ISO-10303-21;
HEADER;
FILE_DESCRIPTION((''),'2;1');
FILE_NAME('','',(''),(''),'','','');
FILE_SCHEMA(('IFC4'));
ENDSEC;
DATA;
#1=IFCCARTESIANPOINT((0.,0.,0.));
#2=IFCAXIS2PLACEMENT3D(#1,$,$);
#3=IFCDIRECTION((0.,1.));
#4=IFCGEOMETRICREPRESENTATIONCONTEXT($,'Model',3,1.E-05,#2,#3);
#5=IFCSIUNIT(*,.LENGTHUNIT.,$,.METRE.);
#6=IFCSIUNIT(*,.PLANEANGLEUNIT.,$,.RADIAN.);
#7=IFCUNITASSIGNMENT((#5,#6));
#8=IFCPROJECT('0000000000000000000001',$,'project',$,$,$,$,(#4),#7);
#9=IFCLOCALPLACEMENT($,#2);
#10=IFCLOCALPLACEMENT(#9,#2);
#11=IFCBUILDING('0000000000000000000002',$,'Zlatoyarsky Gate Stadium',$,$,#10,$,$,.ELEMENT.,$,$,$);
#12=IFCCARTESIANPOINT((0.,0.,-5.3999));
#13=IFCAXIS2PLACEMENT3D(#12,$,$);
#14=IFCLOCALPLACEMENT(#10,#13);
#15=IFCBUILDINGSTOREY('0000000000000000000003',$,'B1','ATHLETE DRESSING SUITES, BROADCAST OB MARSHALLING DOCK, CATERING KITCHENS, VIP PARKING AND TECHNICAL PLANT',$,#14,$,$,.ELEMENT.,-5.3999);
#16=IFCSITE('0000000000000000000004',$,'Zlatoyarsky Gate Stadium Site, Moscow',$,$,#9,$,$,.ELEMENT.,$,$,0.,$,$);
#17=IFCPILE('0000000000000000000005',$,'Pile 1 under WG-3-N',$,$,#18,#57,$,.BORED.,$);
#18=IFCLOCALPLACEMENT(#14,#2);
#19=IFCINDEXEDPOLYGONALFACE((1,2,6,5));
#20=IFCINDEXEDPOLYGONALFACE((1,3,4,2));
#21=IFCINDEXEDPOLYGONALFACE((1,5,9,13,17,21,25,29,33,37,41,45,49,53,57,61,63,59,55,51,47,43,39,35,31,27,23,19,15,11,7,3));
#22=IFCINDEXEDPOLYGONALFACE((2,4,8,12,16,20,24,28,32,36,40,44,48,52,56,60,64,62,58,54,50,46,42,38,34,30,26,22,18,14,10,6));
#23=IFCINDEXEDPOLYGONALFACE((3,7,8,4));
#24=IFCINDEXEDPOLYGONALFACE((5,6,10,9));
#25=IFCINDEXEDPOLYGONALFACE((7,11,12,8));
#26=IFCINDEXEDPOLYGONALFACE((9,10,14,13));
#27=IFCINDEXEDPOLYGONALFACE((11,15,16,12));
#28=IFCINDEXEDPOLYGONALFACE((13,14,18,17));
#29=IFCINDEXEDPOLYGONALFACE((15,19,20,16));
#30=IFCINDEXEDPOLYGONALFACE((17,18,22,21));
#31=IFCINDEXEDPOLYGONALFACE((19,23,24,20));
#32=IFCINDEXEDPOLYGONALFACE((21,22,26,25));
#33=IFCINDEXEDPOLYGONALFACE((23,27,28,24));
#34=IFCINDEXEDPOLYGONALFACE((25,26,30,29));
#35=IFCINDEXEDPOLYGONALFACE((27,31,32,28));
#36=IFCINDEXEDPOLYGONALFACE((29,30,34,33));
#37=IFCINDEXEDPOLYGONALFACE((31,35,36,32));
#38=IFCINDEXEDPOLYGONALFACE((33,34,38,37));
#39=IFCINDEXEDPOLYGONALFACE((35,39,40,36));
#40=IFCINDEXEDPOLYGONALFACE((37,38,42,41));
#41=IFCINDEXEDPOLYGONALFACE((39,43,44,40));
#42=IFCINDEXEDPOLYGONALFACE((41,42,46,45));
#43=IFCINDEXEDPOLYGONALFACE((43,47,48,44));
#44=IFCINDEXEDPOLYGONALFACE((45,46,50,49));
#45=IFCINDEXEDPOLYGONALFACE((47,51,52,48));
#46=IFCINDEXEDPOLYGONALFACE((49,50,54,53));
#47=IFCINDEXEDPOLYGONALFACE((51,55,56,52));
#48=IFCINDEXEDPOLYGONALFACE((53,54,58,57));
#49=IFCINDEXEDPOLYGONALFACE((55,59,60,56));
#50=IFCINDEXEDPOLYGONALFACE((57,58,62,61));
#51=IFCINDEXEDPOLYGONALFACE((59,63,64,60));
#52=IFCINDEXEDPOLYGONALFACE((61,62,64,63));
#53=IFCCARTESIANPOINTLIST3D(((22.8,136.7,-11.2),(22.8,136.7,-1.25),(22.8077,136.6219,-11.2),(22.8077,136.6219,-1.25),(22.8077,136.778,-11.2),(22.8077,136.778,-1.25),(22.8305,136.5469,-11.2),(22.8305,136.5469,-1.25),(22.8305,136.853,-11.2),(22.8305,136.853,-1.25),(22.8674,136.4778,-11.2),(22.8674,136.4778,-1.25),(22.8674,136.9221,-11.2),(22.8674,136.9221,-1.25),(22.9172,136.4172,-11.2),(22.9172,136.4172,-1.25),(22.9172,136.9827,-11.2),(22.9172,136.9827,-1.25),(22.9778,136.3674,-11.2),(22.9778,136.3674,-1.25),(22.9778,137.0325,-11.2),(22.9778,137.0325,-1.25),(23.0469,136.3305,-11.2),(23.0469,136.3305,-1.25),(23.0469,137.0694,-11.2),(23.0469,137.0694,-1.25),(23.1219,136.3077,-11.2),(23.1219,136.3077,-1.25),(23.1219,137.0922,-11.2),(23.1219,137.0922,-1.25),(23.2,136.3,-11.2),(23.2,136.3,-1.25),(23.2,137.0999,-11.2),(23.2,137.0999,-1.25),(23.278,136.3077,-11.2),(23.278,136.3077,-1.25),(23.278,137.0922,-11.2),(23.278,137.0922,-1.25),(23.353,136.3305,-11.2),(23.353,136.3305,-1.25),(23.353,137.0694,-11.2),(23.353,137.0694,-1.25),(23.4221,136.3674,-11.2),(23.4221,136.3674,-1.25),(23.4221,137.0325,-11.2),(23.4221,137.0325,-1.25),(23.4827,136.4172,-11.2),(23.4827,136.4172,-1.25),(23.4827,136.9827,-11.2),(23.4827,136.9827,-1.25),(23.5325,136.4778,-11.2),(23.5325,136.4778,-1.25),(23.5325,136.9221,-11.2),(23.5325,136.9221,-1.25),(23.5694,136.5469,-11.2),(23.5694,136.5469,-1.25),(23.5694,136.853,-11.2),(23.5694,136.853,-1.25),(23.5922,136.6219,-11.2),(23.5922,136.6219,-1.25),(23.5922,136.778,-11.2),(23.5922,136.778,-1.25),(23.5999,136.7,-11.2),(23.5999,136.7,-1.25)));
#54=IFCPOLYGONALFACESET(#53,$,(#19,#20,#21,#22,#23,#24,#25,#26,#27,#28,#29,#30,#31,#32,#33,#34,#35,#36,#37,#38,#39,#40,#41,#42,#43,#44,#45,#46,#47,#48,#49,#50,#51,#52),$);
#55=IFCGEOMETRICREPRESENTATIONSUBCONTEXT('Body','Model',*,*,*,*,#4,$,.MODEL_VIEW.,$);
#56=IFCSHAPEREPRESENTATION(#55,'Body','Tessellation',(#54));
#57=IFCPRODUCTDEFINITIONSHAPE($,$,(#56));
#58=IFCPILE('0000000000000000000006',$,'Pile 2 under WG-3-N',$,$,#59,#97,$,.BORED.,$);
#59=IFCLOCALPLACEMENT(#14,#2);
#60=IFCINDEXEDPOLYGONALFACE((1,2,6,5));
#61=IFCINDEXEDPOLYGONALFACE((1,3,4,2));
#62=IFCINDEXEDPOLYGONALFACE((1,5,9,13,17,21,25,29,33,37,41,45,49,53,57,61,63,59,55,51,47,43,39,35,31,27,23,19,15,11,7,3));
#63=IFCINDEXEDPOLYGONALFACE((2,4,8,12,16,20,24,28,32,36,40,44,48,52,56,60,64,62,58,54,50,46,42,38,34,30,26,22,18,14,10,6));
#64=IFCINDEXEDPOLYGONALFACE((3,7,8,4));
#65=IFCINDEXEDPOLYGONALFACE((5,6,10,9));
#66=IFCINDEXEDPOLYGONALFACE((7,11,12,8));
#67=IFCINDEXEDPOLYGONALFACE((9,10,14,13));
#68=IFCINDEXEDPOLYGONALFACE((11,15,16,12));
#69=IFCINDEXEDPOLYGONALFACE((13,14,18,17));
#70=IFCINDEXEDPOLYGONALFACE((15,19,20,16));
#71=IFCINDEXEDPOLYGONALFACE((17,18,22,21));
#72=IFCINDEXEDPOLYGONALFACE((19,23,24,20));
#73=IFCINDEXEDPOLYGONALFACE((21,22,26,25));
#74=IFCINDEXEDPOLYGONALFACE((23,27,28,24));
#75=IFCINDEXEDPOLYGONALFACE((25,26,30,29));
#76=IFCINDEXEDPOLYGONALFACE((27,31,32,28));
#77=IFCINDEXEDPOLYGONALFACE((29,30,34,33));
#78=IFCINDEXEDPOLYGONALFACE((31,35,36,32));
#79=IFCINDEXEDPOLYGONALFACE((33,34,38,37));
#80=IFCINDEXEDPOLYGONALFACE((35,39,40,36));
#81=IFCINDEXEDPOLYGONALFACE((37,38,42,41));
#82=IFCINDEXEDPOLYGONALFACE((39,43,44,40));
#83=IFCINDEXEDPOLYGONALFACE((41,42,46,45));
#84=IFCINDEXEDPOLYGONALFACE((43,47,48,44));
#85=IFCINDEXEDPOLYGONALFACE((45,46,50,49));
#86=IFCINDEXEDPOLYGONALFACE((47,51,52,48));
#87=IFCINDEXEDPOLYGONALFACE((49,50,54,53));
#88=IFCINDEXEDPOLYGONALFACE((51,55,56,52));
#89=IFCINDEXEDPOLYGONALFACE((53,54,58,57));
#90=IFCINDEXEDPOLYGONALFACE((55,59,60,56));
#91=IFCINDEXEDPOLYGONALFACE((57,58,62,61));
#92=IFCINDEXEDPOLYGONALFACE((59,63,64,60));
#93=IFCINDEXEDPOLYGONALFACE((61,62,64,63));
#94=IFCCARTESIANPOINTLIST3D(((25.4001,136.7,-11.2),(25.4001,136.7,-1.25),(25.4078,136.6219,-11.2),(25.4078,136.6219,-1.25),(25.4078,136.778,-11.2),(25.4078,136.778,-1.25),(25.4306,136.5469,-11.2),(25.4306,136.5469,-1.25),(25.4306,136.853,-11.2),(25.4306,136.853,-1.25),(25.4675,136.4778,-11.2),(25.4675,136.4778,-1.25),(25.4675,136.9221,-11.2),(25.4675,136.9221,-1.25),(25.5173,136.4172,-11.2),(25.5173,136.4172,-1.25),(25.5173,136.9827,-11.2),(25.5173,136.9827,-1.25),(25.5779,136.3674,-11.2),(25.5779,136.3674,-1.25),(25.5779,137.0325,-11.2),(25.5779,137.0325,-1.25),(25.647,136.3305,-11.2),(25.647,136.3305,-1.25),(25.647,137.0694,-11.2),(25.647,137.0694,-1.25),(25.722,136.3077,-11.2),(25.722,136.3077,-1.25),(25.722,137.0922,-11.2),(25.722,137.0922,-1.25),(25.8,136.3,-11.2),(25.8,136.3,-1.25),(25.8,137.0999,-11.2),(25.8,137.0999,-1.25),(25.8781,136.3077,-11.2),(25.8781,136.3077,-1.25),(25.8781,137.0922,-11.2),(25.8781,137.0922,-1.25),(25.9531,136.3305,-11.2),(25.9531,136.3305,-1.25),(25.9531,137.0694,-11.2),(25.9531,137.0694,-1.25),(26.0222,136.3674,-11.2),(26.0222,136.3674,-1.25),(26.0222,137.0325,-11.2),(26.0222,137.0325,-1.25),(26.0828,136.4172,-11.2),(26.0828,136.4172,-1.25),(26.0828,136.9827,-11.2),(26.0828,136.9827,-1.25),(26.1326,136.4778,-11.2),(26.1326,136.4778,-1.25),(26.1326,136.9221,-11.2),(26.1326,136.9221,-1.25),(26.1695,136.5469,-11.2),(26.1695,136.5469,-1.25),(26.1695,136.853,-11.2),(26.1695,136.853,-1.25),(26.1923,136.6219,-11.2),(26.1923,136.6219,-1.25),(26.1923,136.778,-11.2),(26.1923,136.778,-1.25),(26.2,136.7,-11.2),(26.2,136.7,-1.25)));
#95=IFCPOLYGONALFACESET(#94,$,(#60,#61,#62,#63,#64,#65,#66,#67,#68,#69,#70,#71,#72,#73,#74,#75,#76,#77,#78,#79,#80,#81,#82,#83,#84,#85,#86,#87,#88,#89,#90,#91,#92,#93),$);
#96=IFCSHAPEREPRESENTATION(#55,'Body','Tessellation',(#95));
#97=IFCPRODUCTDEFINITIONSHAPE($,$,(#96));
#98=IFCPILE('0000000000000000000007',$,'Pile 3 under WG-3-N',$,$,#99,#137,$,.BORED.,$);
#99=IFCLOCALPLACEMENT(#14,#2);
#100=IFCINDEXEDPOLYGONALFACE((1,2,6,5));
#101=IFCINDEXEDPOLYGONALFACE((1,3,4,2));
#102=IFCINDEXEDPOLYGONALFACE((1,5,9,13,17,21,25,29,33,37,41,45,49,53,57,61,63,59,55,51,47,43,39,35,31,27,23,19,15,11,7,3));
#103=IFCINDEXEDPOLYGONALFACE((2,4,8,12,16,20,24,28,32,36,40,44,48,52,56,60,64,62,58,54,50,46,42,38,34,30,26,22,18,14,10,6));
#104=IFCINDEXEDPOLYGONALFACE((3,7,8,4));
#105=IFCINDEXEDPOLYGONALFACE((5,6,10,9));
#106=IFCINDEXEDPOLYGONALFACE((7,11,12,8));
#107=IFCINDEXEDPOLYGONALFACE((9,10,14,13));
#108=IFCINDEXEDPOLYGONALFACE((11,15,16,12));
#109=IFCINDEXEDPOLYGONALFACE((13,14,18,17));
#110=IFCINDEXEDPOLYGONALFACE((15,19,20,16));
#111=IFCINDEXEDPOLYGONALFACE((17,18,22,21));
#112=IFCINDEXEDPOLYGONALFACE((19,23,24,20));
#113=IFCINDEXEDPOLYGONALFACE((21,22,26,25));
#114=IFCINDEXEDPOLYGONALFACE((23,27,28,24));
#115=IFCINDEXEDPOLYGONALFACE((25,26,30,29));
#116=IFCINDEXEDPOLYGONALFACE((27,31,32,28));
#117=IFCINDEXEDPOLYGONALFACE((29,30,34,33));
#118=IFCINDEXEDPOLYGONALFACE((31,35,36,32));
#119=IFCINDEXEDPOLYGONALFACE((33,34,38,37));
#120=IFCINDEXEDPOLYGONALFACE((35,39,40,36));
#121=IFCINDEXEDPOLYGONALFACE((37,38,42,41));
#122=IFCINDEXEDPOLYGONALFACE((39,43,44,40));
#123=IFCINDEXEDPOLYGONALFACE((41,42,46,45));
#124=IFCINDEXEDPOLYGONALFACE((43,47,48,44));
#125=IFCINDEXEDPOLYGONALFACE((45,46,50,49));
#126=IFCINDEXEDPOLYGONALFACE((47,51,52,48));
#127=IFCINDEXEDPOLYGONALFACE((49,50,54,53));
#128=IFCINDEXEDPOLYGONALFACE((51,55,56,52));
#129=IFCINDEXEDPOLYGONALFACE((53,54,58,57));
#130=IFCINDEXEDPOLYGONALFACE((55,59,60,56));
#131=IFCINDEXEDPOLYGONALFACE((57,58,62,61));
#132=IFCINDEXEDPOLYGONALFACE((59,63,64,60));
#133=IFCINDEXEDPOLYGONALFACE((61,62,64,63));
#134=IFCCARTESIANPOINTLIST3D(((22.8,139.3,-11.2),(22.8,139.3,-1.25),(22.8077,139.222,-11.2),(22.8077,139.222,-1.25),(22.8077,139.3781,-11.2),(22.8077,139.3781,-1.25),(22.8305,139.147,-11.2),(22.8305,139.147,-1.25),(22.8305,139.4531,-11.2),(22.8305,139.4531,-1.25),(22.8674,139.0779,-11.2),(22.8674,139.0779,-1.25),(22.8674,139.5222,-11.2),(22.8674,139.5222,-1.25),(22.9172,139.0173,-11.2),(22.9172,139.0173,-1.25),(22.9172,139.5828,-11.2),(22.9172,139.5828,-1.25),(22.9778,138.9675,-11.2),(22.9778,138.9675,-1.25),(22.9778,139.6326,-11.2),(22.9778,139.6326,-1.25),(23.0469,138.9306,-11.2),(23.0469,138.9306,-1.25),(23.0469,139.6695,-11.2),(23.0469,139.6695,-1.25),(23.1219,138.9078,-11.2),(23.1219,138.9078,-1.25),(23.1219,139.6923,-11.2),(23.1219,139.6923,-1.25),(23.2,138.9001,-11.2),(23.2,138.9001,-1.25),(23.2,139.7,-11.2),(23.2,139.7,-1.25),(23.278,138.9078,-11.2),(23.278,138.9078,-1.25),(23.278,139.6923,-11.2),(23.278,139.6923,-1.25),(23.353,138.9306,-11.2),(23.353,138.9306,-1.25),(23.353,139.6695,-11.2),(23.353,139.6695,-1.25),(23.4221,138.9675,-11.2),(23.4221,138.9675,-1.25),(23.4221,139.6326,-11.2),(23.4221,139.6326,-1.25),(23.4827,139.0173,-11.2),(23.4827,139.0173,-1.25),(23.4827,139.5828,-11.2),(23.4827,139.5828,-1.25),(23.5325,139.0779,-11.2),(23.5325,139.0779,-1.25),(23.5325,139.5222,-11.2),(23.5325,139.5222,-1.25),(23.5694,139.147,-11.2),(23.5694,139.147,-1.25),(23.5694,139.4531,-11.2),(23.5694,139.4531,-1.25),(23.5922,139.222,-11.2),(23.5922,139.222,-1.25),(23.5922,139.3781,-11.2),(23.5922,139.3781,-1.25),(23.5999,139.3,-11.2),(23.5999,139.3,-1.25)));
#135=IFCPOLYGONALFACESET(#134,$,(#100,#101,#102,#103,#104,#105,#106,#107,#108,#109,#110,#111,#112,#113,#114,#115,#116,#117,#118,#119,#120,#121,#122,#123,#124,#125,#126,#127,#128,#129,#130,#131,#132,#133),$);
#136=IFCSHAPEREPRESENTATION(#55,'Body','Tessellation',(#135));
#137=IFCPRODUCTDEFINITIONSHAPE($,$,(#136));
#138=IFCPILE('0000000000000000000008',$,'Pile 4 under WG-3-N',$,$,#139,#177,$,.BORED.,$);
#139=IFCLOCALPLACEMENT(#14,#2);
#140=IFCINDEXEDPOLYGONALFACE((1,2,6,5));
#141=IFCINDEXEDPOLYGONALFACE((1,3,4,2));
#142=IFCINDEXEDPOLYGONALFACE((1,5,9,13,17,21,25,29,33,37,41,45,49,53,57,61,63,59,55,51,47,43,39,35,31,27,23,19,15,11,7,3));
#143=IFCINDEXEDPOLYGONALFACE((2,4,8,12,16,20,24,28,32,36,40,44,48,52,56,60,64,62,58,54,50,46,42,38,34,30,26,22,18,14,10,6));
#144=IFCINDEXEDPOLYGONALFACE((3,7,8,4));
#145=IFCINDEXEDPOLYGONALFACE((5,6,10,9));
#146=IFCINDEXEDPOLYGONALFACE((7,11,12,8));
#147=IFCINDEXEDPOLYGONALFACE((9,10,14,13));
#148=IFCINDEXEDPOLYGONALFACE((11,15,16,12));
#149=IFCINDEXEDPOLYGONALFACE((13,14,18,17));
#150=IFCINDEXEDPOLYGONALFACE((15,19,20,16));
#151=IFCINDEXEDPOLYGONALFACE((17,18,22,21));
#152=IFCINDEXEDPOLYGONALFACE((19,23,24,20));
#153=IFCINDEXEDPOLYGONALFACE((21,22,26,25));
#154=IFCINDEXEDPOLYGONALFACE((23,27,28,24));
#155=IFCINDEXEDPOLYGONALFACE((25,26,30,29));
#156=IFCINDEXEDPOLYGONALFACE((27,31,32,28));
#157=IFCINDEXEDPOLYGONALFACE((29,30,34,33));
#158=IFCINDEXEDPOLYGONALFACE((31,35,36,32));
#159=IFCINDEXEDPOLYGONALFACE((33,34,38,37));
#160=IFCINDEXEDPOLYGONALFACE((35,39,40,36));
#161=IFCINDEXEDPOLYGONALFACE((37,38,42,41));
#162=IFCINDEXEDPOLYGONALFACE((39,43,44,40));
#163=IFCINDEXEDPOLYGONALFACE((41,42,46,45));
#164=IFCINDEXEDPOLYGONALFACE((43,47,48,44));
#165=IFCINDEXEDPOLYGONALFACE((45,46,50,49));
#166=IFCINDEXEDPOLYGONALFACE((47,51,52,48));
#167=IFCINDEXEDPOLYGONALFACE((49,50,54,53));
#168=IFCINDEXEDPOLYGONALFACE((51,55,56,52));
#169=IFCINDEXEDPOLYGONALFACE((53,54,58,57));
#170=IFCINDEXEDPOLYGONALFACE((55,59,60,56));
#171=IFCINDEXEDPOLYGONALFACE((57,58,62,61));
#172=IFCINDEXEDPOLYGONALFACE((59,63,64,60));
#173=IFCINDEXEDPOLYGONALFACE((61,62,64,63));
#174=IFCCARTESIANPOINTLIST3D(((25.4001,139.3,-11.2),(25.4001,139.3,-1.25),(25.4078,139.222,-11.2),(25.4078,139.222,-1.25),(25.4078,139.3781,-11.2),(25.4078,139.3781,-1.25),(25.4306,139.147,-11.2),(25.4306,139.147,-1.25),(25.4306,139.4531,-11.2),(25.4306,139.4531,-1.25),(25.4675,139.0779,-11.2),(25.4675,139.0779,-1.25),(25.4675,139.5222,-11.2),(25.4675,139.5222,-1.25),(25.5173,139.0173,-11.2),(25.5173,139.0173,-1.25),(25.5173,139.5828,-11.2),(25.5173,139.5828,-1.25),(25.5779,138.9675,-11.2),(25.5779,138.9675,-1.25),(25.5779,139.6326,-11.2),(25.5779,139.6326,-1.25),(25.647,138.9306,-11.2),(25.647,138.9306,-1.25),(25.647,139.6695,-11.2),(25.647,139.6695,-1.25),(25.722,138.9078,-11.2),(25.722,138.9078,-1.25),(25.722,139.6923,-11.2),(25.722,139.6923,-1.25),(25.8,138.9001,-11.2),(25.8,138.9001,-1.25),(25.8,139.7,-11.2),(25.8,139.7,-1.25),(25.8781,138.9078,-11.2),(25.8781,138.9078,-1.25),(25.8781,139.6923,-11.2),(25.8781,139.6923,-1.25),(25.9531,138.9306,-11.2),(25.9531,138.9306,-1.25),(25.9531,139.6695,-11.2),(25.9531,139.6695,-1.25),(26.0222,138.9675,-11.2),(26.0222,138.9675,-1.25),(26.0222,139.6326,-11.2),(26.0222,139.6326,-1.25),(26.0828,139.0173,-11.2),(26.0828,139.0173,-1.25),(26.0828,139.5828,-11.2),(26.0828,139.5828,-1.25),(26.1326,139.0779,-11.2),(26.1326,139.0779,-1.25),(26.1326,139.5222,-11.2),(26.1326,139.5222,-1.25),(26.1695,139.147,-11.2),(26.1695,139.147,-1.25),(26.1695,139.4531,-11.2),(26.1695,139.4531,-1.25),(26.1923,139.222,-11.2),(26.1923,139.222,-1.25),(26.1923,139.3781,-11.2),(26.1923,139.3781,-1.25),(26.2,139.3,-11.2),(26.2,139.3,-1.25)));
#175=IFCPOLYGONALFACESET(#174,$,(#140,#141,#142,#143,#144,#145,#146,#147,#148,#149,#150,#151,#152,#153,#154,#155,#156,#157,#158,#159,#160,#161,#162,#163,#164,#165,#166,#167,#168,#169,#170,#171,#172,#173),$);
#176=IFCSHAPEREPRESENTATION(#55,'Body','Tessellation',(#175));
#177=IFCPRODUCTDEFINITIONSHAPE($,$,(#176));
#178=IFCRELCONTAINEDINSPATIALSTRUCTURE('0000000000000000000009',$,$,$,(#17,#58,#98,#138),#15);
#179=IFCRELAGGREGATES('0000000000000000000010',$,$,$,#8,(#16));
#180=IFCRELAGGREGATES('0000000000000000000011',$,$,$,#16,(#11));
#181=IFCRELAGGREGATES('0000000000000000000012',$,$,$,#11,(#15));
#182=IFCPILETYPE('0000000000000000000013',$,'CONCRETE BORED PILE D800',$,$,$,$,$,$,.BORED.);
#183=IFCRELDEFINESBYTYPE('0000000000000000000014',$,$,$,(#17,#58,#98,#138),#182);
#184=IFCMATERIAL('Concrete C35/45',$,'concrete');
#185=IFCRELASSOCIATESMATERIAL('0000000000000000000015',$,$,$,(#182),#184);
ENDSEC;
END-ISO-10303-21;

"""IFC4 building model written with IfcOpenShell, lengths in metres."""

from ifc_helpers import new_model, si_unit, direction, frame, origin, origin_2d, place, context, subcontext, project, spatial, circle, extrude, material, material_profile, profile_set, type_object, element, save


model = new_model("IFC4")

# Units and contexts
model_context = context("Model", 3, precision=1e-05, world=origin(), true_north=direction((0.0, 1.0)))
body_context = subcontext(model_context, "Body", "Model", "MODEL_VIEW")
ifc_project = project(units=[si_unit("LENGTHUNIT", "METRE"), si_unit("PLANEANGLEUNIT", "RADIAN")], contexts=[model_context])

# Site, building, storey
site_placement = place(None, origin())
site = spatial("IfcSite", under=ifc_project, at=site_placement, Name="Zlatoyarsky Gate Stadium Site, Moscow", CompositionType="ELEMENT", RefElevation=0.0)
building_placement = place(site_placement, origin())
building = spatial("IfcBuilding", under=site, at=building_placement, Name="Zlatoyarsky Gate Stadium", CompositionType="ELEMENT")
storey_placement = place(building_placement, frame((0.0, 0.0, -5.3999)))
storey = spatial("IfcBuildingStorey", under=building, at=storey_placement, Name="B1", Description="ATHLETE DRESSING SUITES, BROADCAST OB MARSHALLING DOCK, CATERING KITCHENS, VIP PARKING AND TECHNICAL PLANT", CompositionType="ELEMENT", Elevation=-5.3999)

# Piles
ifc_material_1 = material(Name="Concrete C35/45", Category="concrete")
ifc_material_profile_1 = material_profile(ifc_material_1, circle(Radius=0.3999, at=origin_2d()), Name="BORED PILE D800")
ifc_profile_set_1 = profile_set([ifc_material_profile_1], Name="Concrete C35/45")
pile_type_1 = type_object("IfcPileType", Name="CONCRETE BORED PILE D800", PredefinedType="BORED", material=ifc_profile_set_1)
for number, where, z_axis, x_axis, name in (
    (1, (23.2, 136.7, -1.25), (0.0, 0.0, -1.0), (1.0, 0.0, 0.0), "Pile 1 under WG-3-N"),
    (2, (25.8, 136.7, -1.25), (0.0, 0.0, -1.0), (1.0, 0.0, 0.0), "Pile 2 under WG-3-N"),
    (3, (23.2, 139.3, -1.25), (0.0, 0.0, -1.0), (1.0, 0.0, 0.0), "Pile 3 under WG-3-N"),
    (4, (25.8, 139.3, -1.25), (0.0, 0.0, -1.0), (1.0, 0.0, 0.0), "Pile 4 under WG-3-N"),
):
    element("IfcPile", number, at=place(storey_placement, frame(where, z_axis=z_axis, x_axis=x_axis)), inside=storey, type_object=pile_type_1, Name=name, PredefinedType="BORED", context=body_context, shape_type="SweptSolid", body=[
        extrude(circle(Radius=0.3999, at=origin_2d()), origin(), (0.0, 0.0, 1.0), 9.95),
    ])

save(model, "model.ifc")
